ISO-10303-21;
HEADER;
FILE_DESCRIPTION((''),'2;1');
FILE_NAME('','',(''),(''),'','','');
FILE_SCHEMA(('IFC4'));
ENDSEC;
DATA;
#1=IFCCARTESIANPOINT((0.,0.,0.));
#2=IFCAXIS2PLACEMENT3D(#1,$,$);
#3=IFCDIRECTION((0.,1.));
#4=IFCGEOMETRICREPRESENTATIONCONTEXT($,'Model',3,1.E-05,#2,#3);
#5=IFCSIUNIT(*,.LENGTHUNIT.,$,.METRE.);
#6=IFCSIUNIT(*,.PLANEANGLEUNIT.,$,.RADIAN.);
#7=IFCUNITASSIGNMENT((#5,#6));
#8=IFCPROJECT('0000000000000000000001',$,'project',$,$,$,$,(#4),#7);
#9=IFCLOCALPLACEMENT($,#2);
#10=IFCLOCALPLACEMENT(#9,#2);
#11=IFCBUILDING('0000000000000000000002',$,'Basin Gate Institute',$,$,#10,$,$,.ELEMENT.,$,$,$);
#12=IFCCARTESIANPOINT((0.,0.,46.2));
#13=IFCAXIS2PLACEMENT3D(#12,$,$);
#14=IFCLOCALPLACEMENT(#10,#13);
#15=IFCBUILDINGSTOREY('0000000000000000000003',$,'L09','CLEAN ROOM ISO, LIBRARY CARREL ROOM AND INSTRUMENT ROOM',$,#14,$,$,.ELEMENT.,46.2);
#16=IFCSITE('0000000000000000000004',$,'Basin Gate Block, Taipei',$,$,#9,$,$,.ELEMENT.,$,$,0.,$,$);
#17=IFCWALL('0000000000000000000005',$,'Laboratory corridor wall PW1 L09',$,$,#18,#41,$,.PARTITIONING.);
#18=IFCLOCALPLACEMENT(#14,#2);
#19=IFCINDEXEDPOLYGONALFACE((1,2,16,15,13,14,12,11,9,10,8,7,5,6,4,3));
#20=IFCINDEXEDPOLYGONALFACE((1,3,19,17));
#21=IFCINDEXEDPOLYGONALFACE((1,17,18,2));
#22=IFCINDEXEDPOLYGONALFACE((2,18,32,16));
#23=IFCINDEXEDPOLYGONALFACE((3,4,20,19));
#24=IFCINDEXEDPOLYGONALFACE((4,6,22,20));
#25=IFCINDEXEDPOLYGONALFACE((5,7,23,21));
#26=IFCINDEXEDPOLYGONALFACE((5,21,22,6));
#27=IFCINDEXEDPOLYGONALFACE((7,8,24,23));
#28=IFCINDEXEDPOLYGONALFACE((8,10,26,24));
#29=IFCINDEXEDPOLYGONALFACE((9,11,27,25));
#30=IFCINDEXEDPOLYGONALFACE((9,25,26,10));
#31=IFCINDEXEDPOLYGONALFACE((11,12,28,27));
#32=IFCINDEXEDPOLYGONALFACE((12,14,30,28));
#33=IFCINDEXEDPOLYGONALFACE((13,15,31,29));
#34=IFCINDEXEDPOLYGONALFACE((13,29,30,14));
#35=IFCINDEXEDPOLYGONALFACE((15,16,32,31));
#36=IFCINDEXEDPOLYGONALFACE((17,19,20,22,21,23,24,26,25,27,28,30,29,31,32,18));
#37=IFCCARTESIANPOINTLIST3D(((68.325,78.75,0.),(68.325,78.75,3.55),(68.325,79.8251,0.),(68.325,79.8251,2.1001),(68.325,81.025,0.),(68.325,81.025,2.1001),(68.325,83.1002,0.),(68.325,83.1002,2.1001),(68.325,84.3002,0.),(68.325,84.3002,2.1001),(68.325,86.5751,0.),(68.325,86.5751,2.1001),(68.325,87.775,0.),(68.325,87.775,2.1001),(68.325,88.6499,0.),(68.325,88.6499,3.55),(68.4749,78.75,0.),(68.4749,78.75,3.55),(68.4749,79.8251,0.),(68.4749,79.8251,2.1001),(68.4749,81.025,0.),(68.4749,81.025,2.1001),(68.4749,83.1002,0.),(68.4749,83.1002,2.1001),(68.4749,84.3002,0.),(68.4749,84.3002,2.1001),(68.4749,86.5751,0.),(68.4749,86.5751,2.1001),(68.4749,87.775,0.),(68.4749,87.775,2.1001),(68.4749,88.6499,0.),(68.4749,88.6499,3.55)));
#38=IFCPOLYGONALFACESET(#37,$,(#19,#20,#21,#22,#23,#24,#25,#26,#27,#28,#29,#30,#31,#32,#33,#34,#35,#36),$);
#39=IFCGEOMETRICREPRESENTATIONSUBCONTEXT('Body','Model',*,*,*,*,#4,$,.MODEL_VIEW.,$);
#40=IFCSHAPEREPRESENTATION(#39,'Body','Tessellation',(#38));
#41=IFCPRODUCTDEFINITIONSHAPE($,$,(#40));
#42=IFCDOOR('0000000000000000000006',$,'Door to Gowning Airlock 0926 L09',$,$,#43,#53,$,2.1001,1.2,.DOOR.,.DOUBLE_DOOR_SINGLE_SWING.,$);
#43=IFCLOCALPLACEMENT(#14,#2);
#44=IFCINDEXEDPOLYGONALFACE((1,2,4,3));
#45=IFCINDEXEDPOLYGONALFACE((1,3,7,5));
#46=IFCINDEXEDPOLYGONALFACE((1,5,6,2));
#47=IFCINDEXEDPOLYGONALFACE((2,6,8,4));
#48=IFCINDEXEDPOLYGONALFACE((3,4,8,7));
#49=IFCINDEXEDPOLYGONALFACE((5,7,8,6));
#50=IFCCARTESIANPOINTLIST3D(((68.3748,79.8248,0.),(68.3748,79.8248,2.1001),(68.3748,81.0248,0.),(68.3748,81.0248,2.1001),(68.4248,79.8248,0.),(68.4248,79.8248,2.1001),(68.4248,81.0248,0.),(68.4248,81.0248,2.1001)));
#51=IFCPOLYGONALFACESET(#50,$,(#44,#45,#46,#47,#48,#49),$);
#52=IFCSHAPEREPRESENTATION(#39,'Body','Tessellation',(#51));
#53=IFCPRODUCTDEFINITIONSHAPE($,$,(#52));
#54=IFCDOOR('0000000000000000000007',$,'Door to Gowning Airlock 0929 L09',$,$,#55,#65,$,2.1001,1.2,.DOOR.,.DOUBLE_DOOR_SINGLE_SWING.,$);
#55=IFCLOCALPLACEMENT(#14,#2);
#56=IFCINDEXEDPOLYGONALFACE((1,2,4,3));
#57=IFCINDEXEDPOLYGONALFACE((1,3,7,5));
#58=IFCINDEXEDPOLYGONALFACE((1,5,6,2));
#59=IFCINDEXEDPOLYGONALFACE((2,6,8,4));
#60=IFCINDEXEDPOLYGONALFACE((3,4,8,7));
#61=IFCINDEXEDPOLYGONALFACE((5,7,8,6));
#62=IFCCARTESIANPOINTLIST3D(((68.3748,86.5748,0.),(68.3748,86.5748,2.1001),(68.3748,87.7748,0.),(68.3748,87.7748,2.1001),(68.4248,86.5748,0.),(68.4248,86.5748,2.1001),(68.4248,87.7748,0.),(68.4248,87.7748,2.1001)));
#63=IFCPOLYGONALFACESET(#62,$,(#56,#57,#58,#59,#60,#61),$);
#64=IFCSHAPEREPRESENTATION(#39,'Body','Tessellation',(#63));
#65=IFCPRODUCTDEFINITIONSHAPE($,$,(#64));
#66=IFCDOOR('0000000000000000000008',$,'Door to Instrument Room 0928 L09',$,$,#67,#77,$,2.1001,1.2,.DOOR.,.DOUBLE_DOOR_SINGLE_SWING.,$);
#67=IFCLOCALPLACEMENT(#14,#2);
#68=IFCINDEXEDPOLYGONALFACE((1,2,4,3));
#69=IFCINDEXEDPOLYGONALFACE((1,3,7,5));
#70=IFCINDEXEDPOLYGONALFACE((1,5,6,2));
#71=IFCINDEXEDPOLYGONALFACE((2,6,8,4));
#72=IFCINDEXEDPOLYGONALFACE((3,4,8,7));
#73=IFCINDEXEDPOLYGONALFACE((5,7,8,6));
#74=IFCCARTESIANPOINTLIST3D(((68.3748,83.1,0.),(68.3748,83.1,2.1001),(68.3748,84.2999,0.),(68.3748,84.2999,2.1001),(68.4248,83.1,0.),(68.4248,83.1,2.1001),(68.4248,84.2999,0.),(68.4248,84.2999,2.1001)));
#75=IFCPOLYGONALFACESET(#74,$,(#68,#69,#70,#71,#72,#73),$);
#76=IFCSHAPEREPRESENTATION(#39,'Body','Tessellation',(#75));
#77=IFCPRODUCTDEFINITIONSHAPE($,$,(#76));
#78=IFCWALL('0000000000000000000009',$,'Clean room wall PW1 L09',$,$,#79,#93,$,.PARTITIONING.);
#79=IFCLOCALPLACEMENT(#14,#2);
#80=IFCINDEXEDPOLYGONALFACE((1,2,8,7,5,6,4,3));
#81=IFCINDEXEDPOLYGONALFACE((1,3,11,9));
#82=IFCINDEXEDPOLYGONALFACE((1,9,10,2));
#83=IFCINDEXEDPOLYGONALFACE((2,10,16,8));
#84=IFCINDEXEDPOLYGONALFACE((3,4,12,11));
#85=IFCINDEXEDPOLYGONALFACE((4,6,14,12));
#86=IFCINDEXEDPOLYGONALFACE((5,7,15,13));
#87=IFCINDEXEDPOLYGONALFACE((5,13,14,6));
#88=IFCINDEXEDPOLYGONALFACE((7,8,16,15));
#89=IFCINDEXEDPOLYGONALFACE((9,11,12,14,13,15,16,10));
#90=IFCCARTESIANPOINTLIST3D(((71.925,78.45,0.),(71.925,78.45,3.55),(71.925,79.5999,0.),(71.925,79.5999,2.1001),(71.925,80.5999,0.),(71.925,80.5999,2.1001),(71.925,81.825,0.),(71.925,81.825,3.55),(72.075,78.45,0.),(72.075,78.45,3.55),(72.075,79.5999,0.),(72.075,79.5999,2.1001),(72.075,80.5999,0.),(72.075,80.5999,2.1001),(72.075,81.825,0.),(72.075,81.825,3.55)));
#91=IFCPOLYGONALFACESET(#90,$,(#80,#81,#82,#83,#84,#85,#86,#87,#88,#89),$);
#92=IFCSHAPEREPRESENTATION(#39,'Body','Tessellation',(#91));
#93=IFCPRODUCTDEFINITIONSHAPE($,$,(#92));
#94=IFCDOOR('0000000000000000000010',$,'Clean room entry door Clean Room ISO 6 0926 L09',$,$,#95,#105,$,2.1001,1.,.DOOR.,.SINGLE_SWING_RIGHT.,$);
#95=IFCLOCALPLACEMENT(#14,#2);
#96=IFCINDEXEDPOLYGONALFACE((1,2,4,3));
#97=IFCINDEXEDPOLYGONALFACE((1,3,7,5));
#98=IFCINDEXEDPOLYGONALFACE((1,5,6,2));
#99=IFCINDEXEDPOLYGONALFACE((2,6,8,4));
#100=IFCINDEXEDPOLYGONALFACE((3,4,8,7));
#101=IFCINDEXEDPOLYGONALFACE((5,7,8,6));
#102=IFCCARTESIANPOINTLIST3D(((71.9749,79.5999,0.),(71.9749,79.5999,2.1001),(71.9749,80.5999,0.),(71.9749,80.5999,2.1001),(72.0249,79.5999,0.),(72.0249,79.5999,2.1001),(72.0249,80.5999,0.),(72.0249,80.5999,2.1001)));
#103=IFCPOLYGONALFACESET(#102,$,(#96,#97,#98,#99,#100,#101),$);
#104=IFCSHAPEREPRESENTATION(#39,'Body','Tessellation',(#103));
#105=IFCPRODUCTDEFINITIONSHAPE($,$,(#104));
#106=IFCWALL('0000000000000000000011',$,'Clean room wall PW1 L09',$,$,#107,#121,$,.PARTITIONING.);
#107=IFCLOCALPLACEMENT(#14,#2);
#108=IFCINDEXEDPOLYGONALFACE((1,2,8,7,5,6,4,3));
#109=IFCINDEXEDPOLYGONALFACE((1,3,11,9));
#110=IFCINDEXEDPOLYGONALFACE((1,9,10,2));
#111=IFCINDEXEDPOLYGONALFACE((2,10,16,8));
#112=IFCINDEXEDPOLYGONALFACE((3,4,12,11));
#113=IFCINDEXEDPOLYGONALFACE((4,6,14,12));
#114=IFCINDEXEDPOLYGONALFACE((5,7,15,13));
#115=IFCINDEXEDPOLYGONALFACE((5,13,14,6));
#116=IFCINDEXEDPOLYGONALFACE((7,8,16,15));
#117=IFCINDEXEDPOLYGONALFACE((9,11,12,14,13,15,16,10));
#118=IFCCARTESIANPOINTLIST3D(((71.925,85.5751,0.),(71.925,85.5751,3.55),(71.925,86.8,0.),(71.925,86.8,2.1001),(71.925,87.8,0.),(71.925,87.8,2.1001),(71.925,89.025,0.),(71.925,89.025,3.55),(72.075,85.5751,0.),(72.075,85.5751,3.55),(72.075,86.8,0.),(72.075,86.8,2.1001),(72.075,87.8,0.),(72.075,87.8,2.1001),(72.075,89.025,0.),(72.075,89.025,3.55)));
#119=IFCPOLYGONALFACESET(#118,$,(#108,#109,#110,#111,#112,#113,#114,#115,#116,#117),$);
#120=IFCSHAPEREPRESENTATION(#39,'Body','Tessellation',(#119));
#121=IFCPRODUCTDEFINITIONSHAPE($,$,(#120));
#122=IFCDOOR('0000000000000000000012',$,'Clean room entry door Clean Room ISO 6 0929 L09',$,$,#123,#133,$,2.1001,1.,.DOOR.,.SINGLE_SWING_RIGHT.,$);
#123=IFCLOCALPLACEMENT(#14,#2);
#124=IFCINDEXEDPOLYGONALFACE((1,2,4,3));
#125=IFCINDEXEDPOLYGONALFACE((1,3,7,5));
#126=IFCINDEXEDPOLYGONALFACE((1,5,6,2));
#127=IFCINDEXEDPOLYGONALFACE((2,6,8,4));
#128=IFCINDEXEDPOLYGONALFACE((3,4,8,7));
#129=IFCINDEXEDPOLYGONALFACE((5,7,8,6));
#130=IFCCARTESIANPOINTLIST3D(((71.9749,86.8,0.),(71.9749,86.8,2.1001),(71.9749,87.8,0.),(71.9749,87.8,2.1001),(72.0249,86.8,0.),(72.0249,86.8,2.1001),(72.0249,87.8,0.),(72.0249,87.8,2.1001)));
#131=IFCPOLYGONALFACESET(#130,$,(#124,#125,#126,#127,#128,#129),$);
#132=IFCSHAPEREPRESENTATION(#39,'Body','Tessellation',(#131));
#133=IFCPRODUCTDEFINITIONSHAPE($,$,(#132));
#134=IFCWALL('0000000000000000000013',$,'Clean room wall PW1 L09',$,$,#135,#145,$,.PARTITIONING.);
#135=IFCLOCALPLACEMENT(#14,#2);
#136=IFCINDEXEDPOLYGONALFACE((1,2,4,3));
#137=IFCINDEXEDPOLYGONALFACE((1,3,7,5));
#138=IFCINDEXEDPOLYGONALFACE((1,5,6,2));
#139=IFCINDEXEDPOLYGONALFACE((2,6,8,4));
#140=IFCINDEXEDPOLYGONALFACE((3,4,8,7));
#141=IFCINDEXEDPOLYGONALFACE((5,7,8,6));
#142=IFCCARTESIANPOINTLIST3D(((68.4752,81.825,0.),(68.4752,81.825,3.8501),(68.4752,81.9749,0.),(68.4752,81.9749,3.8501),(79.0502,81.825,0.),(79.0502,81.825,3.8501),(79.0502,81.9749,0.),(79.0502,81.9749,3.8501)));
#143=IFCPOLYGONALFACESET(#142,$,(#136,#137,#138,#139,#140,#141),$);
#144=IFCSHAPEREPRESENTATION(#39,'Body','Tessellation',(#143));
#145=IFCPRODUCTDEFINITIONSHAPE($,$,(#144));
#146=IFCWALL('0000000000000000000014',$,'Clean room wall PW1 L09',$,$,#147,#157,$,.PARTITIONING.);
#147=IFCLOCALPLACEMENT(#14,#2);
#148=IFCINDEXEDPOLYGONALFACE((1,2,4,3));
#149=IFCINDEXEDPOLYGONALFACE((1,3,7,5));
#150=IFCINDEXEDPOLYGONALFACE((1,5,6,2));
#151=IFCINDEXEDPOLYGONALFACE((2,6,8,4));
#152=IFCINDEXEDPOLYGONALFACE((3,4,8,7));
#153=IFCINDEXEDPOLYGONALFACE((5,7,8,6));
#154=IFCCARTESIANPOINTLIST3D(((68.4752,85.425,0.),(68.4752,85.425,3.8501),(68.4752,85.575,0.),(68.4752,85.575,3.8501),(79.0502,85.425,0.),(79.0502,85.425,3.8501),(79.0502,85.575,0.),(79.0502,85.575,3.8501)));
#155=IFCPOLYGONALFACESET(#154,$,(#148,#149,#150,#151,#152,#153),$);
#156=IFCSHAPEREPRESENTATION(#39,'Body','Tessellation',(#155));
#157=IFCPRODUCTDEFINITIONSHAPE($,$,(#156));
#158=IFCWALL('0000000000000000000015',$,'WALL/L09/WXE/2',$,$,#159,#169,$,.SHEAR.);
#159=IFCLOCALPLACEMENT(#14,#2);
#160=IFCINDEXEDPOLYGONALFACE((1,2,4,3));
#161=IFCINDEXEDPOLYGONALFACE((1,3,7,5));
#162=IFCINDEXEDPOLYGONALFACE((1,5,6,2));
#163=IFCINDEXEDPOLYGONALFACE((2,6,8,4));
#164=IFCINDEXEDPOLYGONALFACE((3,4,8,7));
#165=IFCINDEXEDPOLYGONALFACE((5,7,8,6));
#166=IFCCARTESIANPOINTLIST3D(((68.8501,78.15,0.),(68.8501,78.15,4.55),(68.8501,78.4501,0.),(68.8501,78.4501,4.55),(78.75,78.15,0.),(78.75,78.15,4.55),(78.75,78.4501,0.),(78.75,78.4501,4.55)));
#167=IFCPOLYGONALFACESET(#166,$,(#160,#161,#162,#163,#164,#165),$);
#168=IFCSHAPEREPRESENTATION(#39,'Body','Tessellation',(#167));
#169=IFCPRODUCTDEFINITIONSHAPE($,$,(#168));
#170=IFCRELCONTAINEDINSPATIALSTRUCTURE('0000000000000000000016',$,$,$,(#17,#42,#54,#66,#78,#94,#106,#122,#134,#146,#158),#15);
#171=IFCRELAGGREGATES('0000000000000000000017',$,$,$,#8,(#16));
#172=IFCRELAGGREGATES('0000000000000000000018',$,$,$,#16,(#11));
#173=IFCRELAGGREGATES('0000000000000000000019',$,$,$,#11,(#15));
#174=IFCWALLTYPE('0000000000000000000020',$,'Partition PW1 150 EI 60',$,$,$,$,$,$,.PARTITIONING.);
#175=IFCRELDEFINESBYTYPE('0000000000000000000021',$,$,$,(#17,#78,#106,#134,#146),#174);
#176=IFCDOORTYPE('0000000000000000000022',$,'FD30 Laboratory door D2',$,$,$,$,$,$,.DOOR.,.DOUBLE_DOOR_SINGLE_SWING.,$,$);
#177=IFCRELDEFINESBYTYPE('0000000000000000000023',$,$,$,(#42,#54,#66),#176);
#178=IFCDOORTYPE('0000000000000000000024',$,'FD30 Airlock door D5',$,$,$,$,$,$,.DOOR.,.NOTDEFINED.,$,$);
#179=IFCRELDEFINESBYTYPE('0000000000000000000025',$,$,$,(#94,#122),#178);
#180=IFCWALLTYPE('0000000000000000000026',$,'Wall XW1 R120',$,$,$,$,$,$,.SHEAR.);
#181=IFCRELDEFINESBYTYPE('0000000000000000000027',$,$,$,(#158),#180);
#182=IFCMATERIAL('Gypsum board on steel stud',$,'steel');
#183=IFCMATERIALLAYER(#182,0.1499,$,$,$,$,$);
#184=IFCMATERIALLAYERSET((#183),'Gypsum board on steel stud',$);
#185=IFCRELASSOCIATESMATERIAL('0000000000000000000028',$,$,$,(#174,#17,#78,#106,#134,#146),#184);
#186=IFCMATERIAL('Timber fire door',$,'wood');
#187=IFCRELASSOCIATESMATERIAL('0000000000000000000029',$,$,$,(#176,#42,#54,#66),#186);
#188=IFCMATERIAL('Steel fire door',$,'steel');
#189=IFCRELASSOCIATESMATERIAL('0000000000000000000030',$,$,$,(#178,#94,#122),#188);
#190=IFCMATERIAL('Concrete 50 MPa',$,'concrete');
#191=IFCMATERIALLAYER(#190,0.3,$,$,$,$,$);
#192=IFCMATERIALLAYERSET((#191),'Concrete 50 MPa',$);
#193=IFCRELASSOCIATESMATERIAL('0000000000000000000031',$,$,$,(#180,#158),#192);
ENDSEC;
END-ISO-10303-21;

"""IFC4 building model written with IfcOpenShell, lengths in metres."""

from ifc_helpers import new_model, si_unit, direction, frame, frame_2d, origin, place, context, subcontext, project, spatial, rectangle, extrude, material, layer, layer_set, type_object, element, fill, save


model = new_model("IFC4")

# Units and contexts
model_context = context("Model", 3, precision=1e-05, world=origin(), true_north=direction((0.0, 1.0)))
body_context = subcontext(model_context, "Body", "Model", "MODEL_VIEW")
ifc_project = project(units=[si_unit("LENGTHUNIT", "METRE"), si_unit("PLANEANGLEUNIT", "RADIAN")], contexts=[model_context])

# Site, building, storey
site_placement = place(None, origin())
site = spatial("IfcSite", under=ifc_project, at=site_placement, Name="Basin Gate Block, Taipei", CompositionType="ELEMENT", RefElevation=0.0)
building_placement = place(site_placement, origin())
building = spatial("IfcBuilding", under=site, at=building_placement, Name="Basin Gate Institute", CompositionType="ELEMENT")
storey_placement = place(building_placement, frame((0.0, 0.0, 46.2)))
storey = spatial("IfcBuildingStorey", under=building, at=storey_placement, Name="L09", Description="CLEAN ROOM ISO, LIBRARY CARREL ROOM AND INSTRUMENT ROOM", CompositionType="ELEMENT", Elevation=46.2)

# Shared definitions
ifc_material_1 = material(Name="Gypsum board on steel stud", Category="steel")
ifc_layer_1 = layer(ifc_material_1, 0.1499)
ifc_layer_set_1 = layer_set([ifc_layer_1], Name="Gypsum board on steel stud")
wall_type_1 = type_object("IfcWallType", Name="Partition PW1 150 EI 60", PredefinedType="PARTITIONING", material=ifc_layer_set_1)

# Wall, openings, doors
wall_1_placement = place(storey_placement, frame((68.3999, 78.75, 0.0), z_axis=(0.0, 0.0, 1.0), x_axis=(0.0, 1.0, 0.0)))
wall_1 = element("IfcWall", 1, at=wall_1_placement, inside=storey, type_object=wall_type_1, material=ifc_layer_set_1, Name="Laboratory corridor wall PW1 L09", PredefinedType="PARTITIONING", context=body_context, shape_type="SweptSolid", body=[
    extrude(rectangle(XDim=9.8999, YDim=0.1499, at=frame_2d((4.95, 0.0))), origin(), (0.0, 0.0, 1.0), 3.55),
])
opening_1_placement = place(wall_1_placement, frame((1.075, 0.0, 0.0)))
opening_1 = element("IfcOpeningElement", 2, at=opening_1_placement, cuts=wall_1, PredefinedType="OPENING", context=body_context, shape_type="SweptSolid", body=[
    extrude(rectangle(XDim=1.2, YDim=2.1001, at=frame_2d((0.6001, 1.05))), frame((0.0, 0.085, 0.0), z_axis=(0.0, -1.0, 0.0), x_axis=(1.0, 0.0, 0.0)), (0.0, 0.0, 1.0), 0.1699),
])
opening_2_placement = place(wall_1_placement, frame((7.825, 0.0, 0.0)))
opening_2 = element("IfcOpeningElement", 3, at=opening_2_placement, cuts=wall_1, PredefinedType="OPENING", context=body_context, shape_type="SweptSolid", body=[
    extrude(rectangle(XDim=1.2, YDim=2.1001, at=frame_2d((0.6001, 1.05))), frame((0.0, 0.085, 0.0), z_axis=(0.0, -1.0, 0.0), x_axis=(1.0, 0.0, 0.0)), (0.0, 0.0, 1.0), 0.1699),
])
opening_3_placement = place(wall_1_placement, frame((4.3501, 0.0, 0.0)))
opening_3 = element("IfcOpeningElement", 4, at=opening_3_placement, cuts=wall_1, PredefinedType="OPENING", context=body_context, shape_type="SweptSolid", body=[
    extrude(rectangle(XDim=1.2, YDim=2.1001, at=frame_2d((0.6001, 1.05))), frame((0.0, 0.085, 0.0), z_axis=(0.0, -1.0, 0.0), x_axis=(1.0, 0.0, 0.0)), (0.0, 0.0, 1.0), 0.1699),
])
ifc_material_2 = material(Name="Timber fire door", Category="wood")
door_type_1 = type_object("IfcDoorType", Name="FD30 Laboratory door D2", OperationType="DOUBLE_DOOR_SINGLE_SWING", PredefinedType="DOOR", material=ifc_material_2)
door_1_placement = place(opening_1_placement, frame((1.2, 0.0, 0.0), z_axis=(0.0, 0.0, 1.0), x_axis=(-1.0, 0.0, 0.0)))
door_1 = element("IfcDoor", 5, at=door_1_placement, inside=storey, type_object=door_type_1, material=ifc_material_2, Name="Door to Gowning Airlock 0926 L09", OperationType="DOUBLE_DOOR_SINGLE_SWING", OverallHeight=2.1001, OverallWidth=1.2, PredefinedType="DOOR", context=body_context, shape_type="SweptSolid", body=[
    extrude(rectangle(XDim=1.2, YDim=2.1001, at=frame_2d((0.6001, 1.05))), frame((0.0, 0.0249, 0.0), z_axis=(0.0, -1.0, 0.0), x_axis=(1.0, 0.0, 0.0)), (0.0, 0.0, 1.0), 0.05),
])
fill(opening_1, door_1)
door_2_placement = place(opening_2_placement, frame((1.2, 0.0, 0.0), z_axis=(0.0, 0.0, 1.0), x_axis=(-1.0, 0.0, 0.0)))
door_2 = element("IfcDoor", 6, at=door_2_placement, inside=storey, type_object=door_type_1, material=ifc_material_2, Name="Door to Gowning Airlock 0929 L09", OperationType="DOUBLE_DOOR_SINGLE_SWING", OverallHeight=2.1001, OverallWidth=1.2, PredefinedType="DOOR", context=body_context, shape_type="SweptSolid", body=[
    extrude(rectangle(XDim=1.2, YDim=2.1001, at=frame_2d((0.6001, 1.05))), frame((0.0, 0.0249, 0.0), z_axis=(0.0, -1.0, 0.0), x_axis=(1.0, 0.0, 0.0)), (0.0, 0.0, 1.0), 0.05),
])
fill(opening_2, door_2)
door_3_placement = place(opening_3_placement, frame((1.2, 0.0, 0.0), z_axis=(0.0, 0.0, 1.0), x_axis=(-1.0, 0.0, 0.0)))
door_3 = element("IfcDoor", 7, at=door_3_placement, inside=storey, type_object=door_type_1, material=ifc_material_2, Name="Door to Instrument Room 0928 L09", OperationType="DOUBLE_DOOR_SINGLE_SWING", OverallHeight=2.1001, OverallWidth=1.2, PredefinedType="DOOR", context=body_context, shape_type="SweptSolid", body=[
    extrude(rectangle(XDim=1.2, YDim=2.1001, at=frame_2d((0.6001, 1.05))), frame((0.0, 0.0249, 0.0), z_axis=(0.0, -1.0, 0.0), x_axis=(1.0, 0.0, 0.0)), (0.0, 0.0, 1.0), 0.05),
])
fill(opening_3, door_3)

# Walls, openings, doors
wall_2_placement = place(storey_placement, frame((72.0, 78.45, 0.0), z_axis=(0.0, 0.0, 1.0), x_axis=(0.0, 1.0, 0.0)))
wall_2 = element("IfcWall", 8, at=wall_2_placement, inside=storey, type_object=wall_type_1, material=ifc_layer_set_1, Name="Clean room wall PW1 L09", PredefinedType="PARTITIONING", context=body_context, shape_type="SweptSolid", body=[
    extrude(rectangle(XDim=3.375, YDim=0.1499, at=frame_2d((1.6875, 0.0))), origin(), (0.0, 0.0, 1.0), 3.55),
])
opening_4_placement = place(wall_2_placement, frame((1.1499, 0.0, 0.0)))
opening_4 = element("IfcOpeningElement", 9, at=opening_4_placement, cuts=wall_2, PredefinedType="OPENING", context=body_context, shape_type="SweptSolid", body=[
    extrude(rectangle(XDim=1.0, YDim=2.1001, at=frame_2d((0.5, 1.05))), frame((0.0, 0.085, 0.0), z_axis=(0.0, -1.0, 0.0), x_axis=(1.0, 0.0, 0.0)), (0.0, 0.0, 1.0), 0.1699),
])
ifc_material_3 = material(Name="Steel fire door", Category="steel")
door_type_2 = type_object("IfcDoorType", Name="FD30 Airlock door D5", OperationType="NOTDEFINED", PredefinedType="DOOR", material=ifc_material_3)
door_4_placement = place(opening_4_placement, frame((1.0, 0.0, 0.0), z_axis=(0.0, 0.0, 1.0), x_axis=(-1.0, 0.0, 0.0)))
door_4 = element("IfcDoor", 10, at=door_4_placement, inside=storey, type_object=door_type_2, material=ifc_material_3, Name="Clean room entry door Clean Room ISO 6 0926 L09", OperationType="SINGLE_SWING_RIGHT", OverallHeight=2.1001, OverallWidth=1.0, PredefinedType="DOOR", context=body_context, shape_type="SweptSolid", body=[
    extrude(rectangle(XDim=1.0, YDim=2.1001, at=frame_2d((0.5, 1.05))), frame((0.0, 0.0249, 0.0), z_axis=(0.0, -1.0, 0.0), x_axis=(1.0, 0.0, 0.0)), (0.0, 0.0, 1.0), 0.05),
])
fill(opening_4, door_4)
wall_3_placement = place(storey_placement, frame((72.0, 85.575, 0.0), z_axis=(0.0, 0.0, 1.0), x_axis=(0.0, 1.0, 0.0)))
wall_3 = element("IfcWall", 11, at=wall_3_placement, inside=storey, type_object=wall_type_1, material=ifc_layer_set_1, Name="Clean room wall PW1 L09", PredefinedType="PARTITIONING", context=body_context, shape_type="SweptSolid", body=[
    extrude(rectangle(XDim=3.45, YDim=0.1499, at=frame_2d((1.7251, 0.0))), origin(), (0.0, 0.0, 1.0), 3.55),
])
opening_5_placement = place(wall_3_placement, frame((1.2251, 0.0, 0.0)))
opening_5 = element("IfcOpeningElement", 12, at=opening_5_placement, cuts=wall_3, PredefinedType="OPENING", context=body_context, shape_type="SweptSolid", body=[
    extrude(rectangle(XDim=1.0, YDim=2.1001, at=frame_2d((0.5, 1.05))), frame((0.0, 0.085, 0.0), z_axis=(0.0, -1.0, 0.0), x_axis=(1.0, 0.0, 0.0)), (0.0, 0.0, 1.0), 0.1699),
])
door_5_placement = place(opening_5_placement, frame((1.0, 0.0, 0.0), z_axis=(0.0, 0.0, 1.0), x_axis=(-1.0, 0.0, 0.0)))
door_5 = element("IfcDoor", 13, at=door_5_placement, inside=storey, type_object=door_type_2, material=ifc_material_3, Name="Clean room entry door Clean Room ISO 6 0929 L09", OperationType="SINGLE_SWING_RIGHT", OverallHeight=2.1001, OverallWidth=1.0, PredefinedType="DOOR", context=body_context, shape_type="SweptSolid", body=[
    extrude(rectangle(XDim=1.0, YDim=2.1001, at=frame_2d((0.5, 1.05))), frame((0.0, 0.0249, 0.0), z_axis=(0.0, -1.0, 0.0), x_axis=(1.0, 0.0, 0.0)), (0.0, 0.0, 1.0), 0.05),
])
fill(opening_5, door_5)

# Walls
for number, where, z_axis, x_axis, name in (
    (14, (68.4751, 81.8999, 0.0), (0.0, 0.0, 1.0), (1.0, 0.0, 0.0), "Clean room wall PW1 L09"),
    (15, (68.4751, 85.5, 0.0), (0.0, 0.0, 1.0), (1.0, 0.0, 0.0), "Clean room wall PW1 L09"),
):
    element("IfcWall", number, at=place(storey_placement, frame(where, z_axis=z_axis, x_axis=x_axis)), inside=storey, type_object=wall_type_1, material=ifc_layer_set_1, Name=name, PredefinedType="PARTITIONING", context=body_context, shape_type="SweptSolid", body=[
        extrude(rectangle(XDim=10.575, YDim=0.1499, at=frame_2d((5.2876, 0.0))), origin(), (0.0, 0.0, 1.0), 3.8501),
    ])
ifc_material_4 = material(Name="Concrete 50 MPa", Category="concrete")
ifc_layer_2 = layer(ifc_material_4, 0.3)
ifc_layer_set_2 = layer_set([ifc_layer_2], Name="Concrete 50 MPa")
wall_type_2 = type_object("IfcWallType", Name="Wall XW1 R120", PredefinedType="SHEAR", material=ifc_layer_set_2)
wall_4_placement = place(storey_placement, frame((68.8501, 78.3, 0.0), z_axis=(0.0, 0.0, 1.0), x_axis=(1.0, 0.0, 0.0)))
element("IfcWall", 16, at=wall_4_placement, inside=storey, type_object=wall_type_2, material=ifc_layer_set_2, Name="WALL/L09/WXE/2", PredefinedType="SHEAR", context=body_context, shape_type="SweptSolid", body=[
    extrude(rectangle(XDim=9.8999, YDim=0.3, at=frame_2d((4.95, 0.0))), origin(), (0.0, 0.0, 1.0), 4.55),
])

save(model, "model.ifc")
